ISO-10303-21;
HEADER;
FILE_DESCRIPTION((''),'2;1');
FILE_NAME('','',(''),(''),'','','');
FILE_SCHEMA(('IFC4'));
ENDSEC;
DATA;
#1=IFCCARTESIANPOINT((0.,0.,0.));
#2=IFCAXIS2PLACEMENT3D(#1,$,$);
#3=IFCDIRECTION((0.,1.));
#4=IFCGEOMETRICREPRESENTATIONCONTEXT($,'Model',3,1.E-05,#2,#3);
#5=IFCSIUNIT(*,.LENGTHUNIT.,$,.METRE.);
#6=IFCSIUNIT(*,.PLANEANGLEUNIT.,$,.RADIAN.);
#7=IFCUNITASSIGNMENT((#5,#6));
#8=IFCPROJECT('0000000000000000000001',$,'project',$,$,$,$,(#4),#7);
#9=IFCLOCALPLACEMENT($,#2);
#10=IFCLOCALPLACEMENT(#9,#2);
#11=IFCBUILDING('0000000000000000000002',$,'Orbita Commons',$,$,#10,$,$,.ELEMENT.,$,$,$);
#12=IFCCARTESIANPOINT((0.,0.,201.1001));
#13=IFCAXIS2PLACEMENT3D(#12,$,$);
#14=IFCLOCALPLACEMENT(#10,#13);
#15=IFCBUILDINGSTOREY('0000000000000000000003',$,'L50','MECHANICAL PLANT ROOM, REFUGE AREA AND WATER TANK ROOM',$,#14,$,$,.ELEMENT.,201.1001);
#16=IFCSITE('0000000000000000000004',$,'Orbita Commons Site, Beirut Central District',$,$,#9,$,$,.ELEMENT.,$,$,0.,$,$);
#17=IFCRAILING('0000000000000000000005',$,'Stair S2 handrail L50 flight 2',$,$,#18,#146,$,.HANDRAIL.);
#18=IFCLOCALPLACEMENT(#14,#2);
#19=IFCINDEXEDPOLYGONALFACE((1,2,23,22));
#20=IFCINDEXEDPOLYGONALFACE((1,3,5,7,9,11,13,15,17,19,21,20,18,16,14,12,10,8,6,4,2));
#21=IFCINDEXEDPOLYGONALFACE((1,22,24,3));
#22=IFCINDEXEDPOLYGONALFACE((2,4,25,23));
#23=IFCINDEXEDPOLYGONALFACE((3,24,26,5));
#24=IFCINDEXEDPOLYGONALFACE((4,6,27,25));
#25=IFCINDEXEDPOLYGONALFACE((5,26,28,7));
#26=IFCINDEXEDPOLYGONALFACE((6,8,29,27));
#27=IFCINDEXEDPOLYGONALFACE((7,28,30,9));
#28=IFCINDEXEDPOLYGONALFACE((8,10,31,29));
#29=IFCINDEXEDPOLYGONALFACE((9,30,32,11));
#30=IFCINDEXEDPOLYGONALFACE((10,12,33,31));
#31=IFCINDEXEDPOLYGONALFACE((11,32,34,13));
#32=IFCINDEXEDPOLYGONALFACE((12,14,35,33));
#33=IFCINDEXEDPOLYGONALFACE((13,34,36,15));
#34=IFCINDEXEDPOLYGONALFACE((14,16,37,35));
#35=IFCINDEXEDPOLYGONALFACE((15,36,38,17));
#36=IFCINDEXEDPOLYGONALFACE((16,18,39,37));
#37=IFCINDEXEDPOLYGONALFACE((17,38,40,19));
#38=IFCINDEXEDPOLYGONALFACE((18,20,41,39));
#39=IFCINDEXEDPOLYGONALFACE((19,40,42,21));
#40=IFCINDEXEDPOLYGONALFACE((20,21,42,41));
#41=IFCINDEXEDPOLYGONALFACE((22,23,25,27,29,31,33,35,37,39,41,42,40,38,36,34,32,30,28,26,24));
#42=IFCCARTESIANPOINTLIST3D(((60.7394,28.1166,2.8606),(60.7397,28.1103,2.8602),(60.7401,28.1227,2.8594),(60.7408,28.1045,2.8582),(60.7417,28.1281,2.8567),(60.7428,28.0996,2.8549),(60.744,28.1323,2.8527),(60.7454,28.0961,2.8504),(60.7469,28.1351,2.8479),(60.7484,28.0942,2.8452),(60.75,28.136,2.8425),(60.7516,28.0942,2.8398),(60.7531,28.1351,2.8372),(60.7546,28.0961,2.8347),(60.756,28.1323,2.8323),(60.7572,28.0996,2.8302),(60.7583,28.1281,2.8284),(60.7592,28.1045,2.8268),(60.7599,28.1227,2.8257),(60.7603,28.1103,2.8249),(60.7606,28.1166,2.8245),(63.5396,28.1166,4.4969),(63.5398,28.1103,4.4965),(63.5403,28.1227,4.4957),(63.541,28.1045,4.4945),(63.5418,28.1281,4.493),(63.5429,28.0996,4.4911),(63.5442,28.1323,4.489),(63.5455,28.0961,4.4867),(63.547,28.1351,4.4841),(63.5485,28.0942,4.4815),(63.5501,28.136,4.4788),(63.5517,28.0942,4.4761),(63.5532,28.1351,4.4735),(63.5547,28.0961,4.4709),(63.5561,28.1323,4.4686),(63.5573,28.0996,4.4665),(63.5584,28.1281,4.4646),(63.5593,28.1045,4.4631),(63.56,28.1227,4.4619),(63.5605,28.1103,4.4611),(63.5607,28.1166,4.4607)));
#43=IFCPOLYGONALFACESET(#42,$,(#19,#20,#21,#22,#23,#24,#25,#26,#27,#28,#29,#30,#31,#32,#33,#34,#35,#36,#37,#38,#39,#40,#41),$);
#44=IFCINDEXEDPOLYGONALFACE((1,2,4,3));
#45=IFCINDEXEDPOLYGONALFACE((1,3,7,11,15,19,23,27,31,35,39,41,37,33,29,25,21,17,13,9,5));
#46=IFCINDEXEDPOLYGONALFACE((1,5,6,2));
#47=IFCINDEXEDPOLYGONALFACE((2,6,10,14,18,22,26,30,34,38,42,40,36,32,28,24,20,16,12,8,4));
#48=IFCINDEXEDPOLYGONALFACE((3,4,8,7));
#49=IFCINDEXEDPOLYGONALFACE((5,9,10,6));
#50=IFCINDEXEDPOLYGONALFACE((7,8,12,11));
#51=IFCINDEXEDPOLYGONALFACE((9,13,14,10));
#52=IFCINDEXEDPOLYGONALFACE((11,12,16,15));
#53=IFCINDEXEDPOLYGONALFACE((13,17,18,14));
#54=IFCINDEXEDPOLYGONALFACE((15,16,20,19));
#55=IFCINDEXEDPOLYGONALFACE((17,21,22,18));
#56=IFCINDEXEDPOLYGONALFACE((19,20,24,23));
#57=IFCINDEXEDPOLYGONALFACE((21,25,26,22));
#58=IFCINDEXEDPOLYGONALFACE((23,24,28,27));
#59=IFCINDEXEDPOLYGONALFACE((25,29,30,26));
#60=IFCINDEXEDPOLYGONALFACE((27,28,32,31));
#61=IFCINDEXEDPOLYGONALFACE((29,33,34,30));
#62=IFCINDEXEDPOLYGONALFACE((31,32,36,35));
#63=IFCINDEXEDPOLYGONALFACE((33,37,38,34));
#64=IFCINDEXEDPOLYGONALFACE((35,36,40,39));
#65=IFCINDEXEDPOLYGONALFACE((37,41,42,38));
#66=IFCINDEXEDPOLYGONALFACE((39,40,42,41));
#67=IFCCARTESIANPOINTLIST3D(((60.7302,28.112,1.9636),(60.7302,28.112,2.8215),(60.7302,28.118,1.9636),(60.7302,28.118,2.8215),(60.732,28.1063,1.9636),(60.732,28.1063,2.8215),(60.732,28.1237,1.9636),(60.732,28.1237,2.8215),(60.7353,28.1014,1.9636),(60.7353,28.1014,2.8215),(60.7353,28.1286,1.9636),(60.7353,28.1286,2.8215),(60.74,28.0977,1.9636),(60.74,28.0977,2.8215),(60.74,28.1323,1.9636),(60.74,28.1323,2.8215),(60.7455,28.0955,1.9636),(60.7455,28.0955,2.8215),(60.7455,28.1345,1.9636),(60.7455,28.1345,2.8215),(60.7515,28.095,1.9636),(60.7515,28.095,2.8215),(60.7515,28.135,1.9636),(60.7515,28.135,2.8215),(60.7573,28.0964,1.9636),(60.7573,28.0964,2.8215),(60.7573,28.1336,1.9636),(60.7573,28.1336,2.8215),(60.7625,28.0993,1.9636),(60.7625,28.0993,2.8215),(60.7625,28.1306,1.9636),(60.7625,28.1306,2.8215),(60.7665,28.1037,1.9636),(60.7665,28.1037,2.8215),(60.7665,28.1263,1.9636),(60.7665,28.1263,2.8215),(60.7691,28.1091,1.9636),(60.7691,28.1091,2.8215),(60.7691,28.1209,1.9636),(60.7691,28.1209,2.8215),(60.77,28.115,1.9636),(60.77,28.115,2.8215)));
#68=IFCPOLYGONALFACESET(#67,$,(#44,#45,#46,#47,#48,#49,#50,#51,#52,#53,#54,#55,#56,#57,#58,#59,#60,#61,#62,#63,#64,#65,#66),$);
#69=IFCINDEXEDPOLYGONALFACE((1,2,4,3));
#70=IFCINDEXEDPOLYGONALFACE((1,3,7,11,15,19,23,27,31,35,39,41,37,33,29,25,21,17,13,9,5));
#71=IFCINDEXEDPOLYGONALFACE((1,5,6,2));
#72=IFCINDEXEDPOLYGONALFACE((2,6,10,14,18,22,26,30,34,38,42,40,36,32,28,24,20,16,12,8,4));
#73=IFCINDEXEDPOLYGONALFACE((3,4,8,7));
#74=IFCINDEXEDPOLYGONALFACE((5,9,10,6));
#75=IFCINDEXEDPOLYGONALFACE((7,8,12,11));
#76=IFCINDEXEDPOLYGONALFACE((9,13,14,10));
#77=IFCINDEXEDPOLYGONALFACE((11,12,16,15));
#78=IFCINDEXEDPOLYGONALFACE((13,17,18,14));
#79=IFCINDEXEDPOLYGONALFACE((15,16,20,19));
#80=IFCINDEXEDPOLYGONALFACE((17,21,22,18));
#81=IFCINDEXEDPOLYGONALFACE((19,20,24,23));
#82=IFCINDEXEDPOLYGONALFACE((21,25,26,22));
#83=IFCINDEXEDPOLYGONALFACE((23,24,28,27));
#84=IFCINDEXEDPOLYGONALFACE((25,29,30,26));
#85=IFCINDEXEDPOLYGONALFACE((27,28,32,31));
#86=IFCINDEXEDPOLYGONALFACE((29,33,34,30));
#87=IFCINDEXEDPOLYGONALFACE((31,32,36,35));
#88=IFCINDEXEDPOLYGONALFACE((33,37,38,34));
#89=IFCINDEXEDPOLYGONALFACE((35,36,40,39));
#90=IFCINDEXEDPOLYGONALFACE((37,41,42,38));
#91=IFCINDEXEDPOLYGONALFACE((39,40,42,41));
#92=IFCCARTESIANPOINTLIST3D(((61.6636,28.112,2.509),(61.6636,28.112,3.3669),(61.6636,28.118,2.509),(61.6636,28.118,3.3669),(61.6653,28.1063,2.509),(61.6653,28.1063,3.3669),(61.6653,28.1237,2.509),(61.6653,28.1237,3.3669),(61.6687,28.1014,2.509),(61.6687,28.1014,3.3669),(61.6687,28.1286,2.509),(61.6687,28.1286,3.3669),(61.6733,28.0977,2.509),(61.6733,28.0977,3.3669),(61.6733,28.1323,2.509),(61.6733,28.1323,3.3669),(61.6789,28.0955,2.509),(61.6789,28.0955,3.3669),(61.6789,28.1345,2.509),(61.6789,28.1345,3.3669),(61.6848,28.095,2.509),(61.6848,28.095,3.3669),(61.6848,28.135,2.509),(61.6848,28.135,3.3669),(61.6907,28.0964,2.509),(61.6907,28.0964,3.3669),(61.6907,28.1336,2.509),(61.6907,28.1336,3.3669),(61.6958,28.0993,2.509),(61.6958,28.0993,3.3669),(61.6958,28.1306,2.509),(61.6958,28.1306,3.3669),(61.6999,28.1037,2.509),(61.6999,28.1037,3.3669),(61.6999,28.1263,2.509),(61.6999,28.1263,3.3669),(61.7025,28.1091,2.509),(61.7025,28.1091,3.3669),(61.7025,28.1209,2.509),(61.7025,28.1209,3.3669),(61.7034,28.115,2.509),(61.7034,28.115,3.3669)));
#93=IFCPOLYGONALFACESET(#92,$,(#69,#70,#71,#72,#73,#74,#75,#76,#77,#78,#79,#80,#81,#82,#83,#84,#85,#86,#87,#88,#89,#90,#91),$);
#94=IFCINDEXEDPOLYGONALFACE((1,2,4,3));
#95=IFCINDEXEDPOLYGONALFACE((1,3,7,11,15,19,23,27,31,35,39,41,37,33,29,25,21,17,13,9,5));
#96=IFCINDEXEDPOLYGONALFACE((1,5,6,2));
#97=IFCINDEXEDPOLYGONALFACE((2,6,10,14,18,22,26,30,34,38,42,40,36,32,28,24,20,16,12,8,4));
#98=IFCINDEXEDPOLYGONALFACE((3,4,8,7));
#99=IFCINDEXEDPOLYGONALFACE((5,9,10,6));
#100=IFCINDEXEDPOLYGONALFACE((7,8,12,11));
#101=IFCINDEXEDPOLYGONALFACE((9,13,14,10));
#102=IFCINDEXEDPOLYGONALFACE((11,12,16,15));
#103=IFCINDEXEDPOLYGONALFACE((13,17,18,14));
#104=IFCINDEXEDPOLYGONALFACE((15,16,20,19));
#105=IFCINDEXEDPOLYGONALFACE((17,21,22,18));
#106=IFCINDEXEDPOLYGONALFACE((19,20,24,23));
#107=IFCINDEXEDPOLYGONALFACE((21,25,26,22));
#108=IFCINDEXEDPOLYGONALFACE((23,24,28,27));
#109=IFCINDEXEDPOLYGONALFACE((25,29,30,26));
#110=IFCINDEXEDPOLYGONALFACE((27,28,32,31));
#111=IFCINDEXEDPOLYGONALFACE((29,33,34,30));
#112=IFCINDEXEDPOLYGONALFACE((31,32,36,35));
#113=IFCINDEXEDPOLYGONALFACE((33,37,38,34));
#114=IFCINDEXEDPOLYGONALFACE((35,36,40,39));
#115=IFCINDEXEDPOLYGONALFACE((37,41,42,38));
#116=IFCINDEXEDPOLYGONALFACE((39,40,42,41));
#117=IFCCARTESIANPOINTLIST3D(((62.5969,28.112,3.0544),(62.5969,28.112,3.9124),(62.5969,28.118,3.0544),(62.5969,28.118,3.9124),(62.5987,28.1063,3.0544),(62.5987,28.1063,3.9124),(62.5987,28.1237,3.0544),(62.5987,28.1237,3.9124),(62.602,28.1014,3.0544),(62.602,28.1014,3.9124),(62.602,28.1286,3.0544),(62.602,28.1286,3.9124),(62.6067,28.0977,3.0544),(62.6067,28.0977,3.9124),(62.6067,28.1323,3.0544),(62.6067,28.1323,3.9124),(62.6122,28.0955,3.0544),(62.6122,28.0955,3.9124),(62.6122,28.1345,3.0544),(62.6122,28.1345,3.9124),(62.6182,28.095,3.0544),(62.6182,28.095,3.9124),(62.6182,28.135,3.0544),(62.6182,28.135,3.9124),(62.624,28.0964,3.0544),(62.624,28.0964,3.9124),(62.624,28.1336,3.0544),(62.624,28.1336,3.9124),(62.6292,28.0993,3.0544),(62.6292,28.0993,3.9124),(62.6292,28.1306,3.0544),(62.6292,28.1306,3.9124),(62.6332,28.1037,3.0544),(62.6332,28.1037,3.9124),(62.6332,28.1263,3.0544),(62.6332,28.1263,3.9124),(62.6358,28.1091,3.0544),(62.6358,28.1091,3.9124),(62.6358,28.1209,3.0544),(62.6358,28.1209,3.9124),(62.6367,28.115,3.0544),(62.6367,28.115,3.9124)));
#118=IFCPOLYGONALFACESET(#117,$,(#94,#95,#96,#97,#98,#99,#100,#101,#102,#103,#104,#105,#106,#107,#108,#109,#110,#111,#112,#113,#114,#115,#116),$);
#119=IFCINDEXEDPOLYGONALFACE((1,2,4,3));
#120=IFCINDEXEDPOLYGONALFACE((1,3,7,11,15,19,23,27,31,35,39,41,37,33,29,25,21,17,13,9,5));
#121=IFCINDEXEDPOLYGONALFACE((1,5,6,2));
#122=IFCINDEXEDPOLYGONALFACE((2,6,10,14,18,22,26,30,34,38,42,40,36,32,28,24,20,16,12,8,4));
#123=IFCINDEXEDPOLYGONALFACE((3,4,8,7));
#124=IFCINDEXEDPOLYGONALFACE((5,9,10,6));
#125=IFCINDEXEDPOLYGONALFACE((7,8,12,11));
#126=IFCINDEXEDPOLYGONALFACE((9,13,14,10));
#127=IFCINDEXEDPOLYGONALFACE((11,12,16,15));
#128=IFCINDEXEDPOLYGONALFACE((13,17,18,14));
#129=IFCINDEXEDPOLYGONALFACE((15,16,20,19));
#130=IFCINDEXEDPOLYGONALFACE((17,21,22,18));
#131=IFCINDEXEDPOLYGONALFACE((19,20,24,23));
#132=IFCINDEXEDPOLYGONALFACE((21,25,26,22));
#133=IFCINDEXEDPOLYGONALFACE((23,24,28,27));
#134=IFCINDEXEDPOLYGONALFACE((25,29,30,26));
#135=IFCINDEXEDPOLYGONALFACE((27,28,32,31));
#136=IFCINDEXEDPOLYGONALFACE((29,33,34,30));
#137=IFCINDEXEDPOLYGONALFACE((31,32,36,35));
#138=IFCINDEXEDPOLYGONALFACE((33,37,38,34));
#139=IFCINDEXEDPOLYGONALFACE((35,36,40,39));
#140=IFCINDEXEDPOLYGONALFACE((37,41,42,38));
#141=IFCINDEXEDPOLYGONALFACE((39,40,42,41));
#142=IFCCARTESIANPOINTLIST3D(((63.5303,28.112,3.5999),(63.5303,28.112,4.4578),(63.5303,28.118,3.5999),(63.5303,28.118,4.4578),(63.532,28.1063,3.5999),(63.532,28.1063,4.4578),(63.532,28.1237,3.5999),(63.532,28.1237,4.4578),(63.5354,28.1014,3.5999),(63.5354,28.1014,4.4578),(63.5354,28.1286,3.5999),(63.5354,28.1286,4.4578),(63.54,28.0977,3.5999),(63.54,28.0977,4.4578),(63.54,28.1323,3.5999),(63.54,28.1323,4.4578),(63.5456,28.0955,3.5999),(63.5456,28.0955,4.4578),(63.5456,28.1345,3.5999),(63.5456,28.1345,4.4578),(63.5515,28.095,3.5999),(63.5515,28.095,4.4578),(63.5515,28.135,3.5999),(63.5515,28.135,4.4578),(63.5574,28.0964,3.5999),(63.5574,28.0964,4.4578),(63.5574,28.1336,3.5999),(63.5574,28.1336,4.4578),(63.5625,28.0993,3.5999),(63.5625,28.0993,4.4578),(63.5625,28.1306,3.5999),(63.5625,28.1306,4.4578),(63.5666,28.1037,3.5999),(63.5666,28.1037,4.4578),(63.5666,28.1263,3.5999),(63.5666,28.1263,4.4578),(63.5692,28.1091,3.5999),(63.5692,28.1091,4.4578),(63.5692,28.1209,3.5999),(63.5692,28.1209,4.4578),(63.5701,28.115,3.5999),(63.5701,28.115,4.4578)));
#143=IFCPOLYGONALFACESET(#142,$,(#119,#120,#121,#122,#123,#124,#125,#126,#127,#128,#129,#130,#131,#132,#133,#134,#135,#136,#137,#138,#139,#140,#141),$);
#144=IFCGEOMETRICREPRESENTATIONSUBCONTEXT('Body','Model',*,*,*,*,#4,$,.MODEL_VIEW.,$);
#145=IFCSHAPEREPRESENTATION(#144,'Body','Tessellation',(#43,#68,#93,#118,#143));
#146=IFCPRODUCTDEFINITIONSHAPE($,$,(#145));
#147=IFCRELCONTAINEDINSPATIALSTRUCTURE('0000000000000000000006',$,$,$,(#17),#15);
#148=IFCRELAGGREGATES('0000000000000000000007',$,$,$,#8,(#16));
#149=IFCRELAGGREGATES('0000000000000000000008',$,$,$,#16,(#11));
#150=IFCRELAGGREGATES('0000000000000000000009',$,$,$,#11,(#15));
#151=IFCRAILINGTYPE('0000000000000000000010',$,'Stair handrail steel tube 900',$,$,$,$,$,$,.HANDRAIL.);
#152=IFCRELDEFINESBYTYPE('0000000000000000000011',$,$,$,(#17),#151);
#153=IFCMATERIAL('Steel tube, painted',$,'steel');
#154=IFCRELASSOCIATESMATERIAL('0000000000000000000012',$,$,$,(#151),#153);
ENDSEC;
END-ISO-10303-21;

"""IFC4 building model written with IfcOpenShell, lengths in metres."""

from ifc_helpers import new_model, si_unit, direction, frame, origin, origin_2d, place, context, subcontext, project, spatial, circle, extrude, material, type_object, element, save


model = new_model("IFC4")

# Units and contexts
model_context = context("Model", 3, precision=1e-05, world=origin(), true_north=direction((0.0, 1.0)))
body_context = subcontext(model_context, "Body", "Model", "MODEL_VIEW")
ifc_project = project(units=[si_unit("LENGTHUNIT", "METRE"), si_unit("PLANEANGLEUNIT", "RADIAN")], contexts=[model_context])

# Site, building, storey
site_placement = place(None, origin())
site = spatial("IfcSite", under=ifc_project, at=site_placement, Name="Orbita Commons Site, Beirut Central District", CompositionType="ELEMENT", RefElevation=0.0)
building_placement = place(site_placement, origin())
building = spatial("IfcBuilding", under=site, at=building_placement, Name="Orbita Commons", CompositionType="ELEMENT")
storey_placement = place(building_placement, frame((0.0, 0.0, 201.1001)))
storey = spatial("IfcBuildingStorey", under=building, at=storey_placement, Name="L50", Description="MECHANICAL PLANT ROOM, REFUGE AREA AND WATER TANK ROOM", CompositionType="ELEMENT", Elevation=201.1001)

# Railing
ifc_material_1 = material(Name="Steel tube, painted", Category="steel")
railing_type = type_object("IfcRailingType", Name="Stair handrail steel tube 900", PredefinedType="HANDRAIL", material=ifc_material_1)
for number, where, name in (
    (1, (60.75, 28.115, 1.9636), "Stair S2 handrail L50 flight 2"),
):
    element("IfcRailing", number, at=place(storey_placement, frame(where)), inside=storey, type_object=railing_type, Name=name, PredefinedType="HANDRAIL", context=body_context, shape_type="SweptSolid", body=[
        extrude(circle(Radius=0.021, at=origin_2d()), frame((0.0, 0.0, 0.8789), z_axis=(0.863394, 0.0, 0.504531), x_axis=(0.0, 1.0, 0.0)), (0.0, 0.0, 1.0), 3.2432),
        extrude(circle(Radius=0.02, at=origin_2d()), origin(), (0.0, 0.0, 1.0), 0.8579),
        extrude(circle(Radius=0.02, at=origin_2d()), frame((0.9333, 0.0, 0.5454)), (0.0, 0.0, 1.0), 0.8579),
        extrude(circle(Radius=0.02, at=origin_2d()), frame((1.8667, 0.0, 1.0908)), (0.0, 0.0, 1.0), 0.8579),
        extrude(circle(Radius=0.02, at=origin_2d()), frame((2.8, 0.0, 1.6362)), (0.0, 0.0, 1.0), 0.8579),
    ])

save(model, "model.ifc")
